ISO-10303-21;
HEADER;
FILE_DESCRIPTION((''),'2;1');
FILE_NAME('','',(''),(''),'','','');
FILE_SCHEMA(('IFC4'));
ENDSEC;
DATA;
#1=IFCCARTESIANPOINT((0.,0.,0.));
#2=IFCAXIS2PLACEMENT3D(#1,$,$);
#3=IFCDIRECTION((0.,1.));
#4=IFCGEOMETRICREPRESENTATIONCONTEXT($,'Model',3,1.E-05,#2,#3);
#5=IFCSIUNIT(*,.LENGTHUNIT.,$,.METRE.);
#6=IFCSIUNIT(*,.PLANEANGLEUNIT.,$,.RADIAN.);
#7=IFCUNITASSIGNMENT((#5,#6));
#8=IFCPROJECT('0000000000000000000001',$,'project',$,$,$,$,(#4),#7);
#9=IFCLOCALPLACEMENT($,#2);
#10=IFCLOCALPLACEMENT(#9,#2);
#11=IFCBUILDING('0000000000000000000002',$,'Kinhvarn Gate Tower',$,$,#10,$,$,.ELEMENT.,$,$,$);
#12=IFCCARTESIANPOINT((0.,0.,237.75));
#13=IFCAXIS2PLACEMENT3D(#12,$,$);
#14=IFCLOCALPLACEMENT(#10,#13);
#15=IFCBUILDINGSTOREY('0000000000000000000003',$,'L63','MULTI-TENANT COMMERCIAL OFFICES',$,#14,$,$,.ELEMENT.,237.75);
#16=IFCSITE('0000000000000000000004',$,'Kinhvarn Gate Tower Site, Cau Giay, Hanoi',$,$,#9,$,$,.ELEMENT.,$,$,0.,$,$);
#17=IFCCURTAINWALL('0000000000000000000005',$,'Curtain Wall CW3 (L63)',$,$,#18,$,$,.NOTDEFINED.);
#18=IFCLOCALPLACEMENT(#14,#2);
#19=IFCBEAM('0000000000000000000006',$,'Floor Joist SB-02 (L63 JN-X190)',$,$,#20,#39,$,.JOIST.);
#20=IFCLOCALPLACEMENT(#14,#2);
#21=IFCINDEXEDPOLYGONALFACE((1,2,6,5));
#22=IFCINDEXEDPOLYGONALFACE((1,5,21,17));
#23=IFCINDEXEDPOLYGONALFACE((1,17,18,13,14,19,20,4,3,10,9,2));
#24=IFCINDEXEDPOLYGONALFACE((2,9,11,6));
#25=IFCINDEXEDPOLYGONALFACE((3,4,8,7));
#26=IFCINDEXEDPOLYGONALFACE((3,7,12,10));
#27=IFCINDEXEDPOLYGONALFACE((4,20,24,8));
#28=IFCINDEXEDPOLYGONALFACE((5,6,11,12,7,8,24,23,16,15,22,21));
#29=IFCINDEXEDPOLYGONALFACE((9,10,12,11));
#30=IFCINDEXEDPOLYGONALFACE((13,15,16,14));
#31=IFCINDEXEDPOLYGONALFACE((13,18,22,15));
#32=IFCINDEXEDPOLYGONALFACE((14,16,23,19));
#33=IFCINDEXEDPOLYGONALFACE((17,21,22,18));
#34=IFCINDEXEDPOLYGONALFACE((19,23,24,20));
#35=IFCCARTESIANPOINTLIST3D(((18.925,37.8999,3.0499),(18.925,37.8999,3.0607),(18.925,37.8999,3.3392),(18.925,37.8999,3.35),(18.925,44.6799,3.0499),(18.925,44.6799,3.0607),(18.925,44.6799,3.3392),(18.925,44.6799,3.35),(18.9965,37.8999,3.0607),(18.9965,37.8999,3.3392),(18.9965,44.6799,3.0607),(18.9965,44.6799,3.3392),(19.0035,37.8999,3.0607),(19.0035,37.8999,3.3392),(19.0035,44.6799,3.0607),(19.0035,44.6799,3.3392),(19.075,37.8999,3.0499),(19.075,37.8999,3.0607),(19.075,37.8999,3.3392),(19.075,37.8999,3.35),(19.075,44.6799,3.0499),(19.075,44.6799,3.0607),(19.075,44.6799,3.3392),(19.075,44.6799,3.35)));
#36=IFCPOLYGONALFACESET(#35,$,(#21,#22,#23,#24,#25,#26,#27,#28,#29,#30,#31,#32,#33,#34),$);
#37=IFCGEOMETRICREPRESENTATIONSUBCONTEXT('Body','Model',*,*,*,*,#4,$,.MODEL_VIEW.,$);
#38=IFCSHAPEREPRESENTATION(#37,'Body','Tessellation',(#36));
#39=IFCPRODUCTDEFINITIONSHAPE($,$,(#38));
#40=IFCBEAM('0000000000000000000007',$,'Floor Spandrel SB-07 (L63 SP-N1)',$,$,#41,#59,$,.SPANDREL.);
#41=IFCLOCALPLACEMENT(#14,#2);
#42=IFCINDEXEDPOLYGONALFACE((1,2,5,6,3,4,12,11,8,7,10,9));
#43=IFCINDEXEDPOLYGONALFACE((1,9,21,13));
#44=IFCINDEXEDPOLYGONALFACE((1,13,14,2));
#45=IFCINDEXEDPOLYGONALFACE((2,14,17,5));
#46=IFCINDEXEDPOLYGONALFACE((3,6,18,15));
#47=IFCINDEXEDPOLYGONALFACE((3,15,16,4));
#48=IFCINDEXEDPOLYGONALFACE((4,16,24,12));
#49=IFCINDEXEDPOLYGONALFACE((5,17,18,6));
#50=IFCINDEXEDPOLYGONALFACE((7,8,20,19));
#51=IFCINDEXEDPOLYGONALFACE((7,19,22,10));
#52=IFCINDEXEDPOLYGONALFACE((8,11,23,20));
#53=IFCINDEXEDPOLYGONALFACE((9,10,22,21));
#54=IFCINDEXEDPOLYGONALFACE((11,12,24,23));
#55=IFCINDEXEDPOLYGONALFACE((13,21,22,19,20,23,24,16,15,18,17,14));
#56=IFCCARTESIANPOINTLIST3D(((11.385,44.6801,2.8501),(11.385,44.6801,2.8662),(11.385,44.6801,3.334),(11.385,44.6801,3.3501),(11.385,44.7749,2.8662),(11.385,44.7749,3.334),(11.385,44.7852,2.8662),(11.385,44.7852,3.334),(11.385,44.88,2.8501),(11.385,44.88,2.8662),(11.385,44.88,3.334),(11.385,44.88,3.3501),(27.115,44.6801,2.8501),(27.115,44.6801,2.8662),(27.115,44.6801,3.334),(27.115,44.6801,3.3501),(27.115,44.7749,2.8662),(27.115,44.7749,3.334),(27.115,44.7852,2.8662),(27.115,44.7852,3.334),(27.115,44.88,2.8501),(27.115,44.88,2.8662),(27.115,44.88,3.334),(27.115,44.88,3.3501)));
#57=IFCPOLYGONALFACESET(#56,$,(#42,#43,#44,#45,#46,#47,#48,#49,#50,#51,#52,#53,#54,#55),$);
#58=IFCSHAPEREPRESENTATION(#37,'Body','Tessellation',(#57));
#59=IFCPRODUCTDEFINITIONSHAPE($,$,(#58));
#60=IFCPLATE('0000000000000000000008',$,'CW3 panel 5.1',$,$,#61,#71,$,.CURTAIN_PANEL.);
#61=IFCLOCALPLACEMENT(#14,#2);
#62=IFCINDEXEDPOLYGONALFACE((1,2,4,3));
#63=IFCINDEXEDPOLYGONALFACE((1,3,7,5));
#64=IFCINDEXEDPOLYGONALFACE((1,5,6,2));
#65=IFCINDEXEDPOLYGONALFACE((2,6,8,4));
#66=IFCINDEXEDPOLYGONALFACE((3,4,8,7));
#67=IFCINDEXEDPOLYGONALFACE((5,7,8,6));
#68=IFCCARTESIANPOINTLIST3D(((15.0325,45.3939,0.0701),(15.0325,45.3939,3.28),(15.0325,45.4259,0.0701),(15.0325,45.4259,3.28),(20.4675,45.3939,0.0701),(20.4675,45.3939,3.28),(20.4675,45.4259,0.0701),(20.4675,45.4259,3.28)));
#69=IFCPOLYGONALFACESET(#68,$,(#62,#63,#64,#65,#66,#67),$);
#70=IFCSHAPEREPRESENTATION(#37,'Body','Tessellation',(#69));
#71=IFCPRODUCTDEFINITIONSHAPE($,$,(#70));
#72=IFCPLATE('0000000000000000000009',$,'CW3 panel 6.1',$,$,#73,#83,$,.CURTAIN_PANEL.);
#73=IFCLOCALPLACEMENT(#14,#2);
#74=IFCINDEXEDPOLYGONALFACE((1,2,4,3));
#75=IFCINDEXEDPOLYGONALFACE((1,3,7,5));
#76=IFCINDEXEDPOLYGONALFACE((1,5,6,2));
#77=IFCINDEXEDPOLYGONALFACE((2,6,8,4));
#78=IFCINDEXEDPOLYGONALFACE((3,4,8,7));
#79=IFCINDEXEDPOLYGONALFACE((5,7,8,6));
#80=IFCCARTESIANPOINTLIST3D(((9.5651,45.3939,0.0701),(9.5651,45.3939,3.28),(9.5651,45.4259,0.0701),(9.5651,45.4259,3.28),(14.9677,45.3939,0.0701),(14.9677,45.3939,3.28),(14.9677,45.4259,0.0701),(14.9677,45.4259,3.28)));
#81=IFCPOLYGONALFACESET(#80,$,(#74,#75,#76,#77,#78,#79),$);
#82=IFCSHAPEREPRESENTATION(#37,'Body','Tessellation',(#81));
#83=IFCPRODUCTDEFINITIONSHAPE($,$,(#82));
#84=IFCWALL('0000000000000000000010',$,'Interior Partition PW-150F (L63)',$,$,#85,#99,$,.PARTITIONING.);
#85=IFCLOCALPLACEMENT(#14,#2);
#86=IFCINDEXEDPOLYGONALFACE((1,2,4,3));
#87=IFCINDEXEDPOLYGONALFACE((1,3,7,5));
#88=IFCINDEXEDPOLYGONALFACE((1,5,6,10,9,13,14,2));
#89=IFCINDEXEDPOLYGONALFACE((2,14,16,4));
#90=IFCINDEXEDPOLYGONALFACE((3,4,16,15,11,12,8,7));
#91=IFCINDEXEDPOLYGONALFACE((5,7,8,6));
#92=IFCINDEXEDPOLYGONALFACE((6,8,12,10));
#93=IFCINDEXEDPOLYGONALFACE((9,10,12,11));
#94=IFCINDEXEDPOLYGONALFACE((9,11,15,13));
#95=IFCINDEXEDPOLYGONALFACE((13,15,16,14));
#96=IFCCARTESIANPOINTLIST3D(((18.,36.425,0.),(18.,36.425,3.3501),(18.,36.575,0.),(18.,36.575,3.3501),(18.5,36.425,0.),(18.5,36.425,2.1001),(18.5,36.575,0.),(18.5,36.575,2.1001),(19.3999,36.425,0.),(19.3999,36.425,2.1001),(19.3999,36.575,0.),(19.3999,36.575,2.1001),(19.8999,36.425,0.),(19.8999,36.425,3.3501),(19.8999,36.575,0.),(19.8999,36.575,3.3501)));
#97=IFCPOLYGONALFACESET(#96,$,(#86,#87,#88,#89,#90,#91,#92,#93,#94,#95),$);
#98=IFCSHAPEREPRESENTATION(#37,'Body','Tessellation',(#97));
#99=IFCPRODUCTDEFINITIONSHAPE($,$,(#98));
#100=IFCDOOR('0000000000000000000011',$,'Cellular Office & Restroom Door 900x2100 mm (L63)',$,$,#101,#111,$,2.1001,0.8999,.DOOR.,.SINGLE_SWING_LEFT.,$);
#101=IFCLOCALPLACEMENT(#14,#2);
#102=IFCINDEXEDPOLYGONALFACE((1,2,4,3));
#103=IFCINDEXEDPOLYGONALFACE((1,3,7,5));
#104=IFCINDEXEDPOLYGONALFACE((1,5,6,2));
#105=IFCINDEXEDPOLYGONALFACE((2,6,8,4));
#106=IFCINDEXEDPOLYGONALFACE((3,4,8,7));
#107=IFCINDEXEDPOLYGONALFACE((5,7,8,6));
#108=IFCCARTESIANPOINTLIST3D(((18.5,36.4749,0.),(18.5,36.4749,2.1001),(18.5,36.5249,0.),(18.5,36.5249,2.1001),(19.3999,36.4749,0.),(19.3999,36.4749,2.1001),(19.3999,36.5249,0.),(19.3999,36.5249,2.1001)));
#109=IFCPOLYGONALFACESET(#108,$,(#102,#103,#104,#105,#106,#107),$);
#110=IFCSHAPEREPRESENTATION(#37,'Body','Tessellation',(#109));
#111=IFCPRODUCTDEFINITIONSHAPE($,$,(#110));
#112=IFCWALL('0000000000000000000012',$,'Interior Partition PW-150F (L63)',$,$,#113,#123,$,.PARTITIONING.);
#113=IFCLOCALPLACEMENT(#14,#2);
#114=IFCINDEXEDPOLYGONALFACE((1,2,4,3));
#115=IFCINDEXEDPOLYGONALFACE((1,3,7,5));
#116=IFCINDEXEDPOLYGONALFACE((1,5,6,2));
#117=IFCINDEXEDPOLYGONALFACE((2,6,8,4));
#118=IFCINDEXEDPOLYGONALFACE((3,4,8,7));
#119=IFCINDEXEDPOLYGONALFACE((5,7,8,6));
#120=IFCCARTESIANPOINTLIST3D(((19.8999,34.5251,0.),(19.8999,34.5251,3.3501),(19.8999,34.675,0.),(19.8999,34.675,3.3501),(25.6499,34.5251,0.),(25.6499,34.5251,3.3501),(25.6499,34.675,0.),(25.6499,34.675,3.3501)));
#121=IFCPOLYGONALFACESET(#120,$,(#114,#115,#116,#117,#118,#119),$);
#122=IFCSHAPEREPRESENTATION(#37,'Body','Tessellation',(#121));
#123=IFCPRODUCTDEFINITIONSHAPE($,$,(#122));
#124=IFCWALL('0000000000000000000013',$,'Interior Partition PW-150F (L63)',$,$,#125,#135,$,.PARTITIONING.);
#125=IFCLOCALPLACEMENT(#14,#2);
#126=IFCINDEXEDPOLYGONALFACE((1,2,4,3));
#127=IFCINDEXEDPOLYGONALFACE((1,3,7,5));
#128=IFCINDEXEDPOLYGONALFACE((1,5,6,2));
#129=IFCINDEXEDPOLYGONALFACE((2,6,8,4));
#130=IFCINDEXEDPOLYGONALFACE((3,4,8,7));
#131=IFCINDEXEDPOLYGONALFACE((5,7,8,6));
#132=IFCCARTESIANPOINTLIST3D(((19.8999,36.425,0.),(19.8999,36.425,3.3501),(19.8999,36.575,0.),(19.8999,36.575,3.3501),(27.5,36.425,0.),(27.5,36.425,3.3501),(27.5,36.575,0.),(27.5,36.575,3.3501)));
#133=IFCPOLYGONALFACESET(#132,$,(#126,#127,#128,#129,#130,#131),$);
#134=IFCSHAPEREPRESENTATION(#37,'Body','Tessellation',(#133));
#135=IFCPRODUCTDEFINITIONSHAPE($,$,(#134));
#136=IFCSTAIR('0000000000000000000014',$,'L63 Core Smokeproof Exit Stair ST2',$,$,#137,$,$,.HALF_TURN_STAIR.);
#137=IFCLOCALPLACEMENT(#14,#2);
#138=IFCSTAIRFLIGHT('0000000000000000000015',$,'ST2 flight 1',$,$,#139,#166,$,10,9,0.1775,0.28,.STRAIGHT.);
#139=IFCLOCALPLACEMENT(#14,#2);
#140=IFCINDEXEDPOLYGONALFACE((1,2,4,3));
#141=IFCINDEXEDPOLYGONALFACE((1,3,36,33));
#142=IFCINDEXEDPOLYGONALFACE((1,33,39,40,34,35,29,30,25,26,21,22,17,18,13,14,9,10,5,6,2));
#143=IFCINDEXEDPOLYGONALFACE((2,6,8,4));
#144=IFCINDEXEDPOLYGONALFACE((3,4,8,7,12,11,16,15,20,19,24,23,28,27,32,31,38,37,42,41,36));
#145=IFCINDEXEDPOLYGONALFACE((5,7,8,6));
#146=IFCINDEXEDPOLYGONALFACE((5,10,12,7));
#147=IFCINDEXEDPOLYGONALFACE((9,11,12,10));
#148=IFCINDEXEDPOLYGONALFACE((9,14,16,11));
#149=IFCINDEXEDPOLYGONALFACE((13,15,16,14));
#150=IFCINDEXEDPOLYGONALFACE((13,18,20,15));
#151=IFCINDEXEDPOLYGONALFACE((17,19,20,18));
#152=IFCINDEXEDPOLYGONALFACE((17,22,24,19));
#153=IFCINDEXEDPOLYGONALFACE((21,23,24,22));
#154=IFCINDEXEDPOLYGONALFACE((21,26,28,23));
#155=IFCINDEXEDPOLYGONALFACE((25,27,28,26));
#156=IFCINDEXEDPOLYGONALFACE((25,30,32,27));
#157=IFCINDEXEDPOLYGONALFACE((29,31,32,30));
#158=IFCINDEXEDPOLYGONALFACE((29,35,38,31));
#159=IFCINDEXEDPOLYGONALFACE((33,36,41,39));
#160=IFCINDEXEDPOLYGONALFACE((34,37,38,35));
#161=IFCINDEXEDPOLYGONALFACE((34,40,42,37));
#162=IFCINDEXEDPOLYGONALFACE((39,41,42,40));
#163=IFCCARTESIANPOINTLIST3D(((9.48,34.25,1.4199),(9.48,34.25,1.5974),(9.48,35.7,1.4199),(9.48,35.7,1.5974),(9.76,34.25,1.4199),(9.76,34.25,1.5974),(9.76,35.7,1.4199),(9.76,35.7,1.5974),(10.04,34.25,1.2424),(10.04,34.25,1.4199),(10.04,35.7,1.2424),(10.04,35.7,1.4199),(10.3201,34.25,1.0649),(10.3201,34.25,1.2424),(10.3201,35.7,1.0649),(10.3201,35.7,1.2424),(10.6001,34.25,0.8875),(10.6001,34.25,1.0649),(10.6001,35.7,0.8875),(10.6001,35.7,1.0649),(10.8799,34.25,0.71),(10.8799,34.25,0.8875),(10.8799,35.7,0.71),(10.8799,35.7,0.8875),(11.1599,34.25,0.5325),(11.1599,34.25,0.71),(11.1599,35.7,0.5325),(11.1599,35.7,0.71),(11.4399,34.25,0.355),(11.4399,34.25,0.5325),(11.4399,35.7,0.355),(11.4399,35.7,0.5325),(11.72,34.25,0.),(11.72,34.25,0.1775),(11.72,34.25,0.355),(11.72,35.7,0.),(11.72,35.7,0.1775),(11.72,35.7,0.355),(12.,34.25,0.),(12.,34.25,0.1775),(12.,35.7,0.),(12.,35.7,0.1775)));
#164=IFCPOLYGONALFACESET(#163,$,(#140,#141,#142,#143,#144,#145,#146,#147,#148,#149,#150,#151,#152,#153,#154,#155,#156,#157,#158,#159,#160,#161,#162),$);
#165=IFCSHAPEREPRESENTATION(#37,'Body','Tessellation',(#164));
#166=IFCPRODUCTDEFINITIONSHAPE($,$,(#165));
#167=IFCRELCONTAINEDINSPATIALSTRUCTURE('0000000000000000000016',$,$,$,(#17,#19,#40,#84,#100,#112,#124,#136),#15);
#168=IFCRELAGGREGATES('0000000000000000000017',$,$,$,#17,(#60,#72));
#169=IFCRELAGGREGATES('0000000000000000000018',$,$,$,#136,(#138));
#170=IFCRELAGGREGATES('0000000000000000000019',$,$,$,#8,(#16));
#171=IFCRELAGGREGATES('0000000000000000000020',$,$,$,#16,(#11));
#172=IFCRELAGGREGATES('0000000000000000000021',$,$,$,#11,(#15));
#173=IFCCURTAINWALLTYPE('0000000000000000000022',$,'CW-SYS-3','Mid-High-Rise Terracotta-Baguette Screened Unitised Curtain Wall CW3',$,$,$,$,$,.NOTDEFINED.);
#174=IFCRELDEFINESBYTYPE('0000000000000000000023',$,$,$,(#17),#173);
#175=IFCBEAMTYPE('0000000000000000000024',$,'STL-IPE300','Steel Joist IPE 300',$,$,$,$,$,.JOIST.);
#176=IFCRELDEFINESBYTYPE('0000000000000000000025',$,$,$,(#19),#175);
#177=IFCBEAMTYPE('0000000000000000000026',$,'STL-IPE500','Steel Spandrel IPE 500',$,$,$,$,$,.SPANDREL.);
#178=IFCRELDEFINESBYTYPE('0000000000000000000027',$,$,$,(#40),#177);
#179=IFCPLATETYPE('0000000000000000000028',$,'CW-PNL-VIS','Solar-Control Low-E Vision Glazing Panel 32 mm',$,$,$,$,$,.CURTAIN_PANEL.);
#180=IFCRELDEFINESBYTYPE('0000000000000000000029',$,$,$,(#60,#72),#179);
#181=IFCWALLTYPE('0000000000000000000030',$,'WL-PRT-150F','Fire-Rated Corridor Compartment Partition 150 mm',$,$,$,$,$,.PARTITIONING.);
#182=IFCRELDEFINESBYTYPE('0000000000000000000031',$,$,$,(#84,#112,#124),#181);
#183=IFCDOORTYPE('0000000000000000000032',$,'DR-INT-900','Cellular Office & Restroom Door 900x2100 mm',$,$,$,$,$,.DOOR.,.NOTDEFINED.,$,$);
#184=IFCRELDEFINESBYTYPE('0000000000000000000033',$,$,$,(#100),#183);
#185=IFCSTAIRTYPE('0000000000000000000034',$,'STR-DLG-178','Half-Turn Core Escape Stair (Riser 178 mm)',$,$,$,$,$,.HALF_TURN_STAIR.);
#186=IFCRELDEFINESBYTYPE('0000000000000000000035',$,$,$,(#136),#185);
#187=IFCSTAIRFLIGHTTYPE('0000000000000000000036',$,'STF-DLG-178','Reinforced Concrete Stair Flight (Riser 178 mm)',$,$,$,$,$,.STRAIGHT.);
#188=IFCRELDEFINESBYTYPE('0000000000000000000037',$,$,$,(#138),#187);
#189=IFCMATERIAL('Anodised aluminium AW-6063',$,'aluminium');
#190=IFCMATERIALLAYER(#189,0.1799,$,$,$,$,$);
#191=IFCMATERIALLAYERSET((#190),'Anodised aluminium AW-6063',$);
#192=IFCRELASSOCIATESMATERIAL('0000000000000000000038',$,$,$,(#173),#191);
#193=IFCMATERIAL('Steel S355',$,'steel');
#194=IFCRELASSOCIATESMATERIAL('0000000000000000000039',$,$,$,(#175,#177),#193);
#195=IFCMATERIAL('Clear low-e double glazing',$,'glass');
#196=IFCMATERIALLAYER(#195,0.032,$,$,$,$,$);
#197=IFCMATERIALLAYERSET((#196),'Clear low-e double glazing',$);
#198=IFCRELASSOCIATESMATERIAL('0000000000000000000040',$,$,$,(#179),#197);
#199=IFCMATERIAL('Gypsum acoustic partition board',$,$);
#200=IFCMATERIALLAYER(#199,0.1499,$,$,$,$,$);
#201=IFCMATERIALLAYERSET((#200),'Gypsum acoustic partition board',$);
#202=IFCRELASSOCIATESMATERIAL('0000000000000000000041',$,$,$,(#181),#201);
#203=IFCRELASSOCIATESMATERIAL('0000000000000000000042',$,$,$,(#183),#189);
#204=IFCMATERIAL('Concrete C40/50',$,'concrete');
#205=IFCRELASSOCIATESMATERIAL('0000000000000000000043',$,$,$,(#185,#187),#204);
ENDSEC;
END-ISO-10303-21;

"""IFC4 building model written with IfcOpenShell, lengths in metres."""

from ifc_helpers import new_model, si_unit, direction, frame, frame_2d, origin, origin_2d, place, context, subcontext, project, spatial, polyline, rectangle, i_section, outline, extrude, material, layer, layer_set, material_profile, profile_set, type_object, element, fill, aggregate, save


model = new_model("IFC4")

# Units and contexts
model_context = context("Model", 3, precision=1e-05, world=origin(), true_north=direction((0.0, 1.0)))
body_context = subcontext(model_context, "Body", "Model", "MODEL_VIEW")
ifc_project = project(units=[si_unit("LENGTHUNIT", "METRE"), si_unit("PLANEANGLEUNIT", "RADIAN")], contexts=[model_context])

# Site, building, storey
site_placement = place(None, origin())
site = spatial("IfcSite", under=ifc_project, at=site_placement, Name="Kinhvarn Gate Tower Site, Cau Giay, Hanoi", CompositionType="ELEMENT", RefElevation=0.0)
building_placement = place(site_placement, origin())
building = spatial("IfcBuilding", under=site, at=building_placement, Name="Kinhvarn Gate Tower", CompositionType="ELEMENT")
storey_placement = place(building_placement, frame((0.0, 0.0, 237.75)))
storey = spatial("IfcBuildingStorey", under=building, at=storey_placement, Name="L63", Description="MULTI-TENANT COMMERCIAL OFFICES", CompositionType="ELEMENT", Elevation=237.75)

# Curtain wall
ifc_material_1 = material(Name="Anodised aluminium AW-6063", Category="aluminium")
ifc_layer_1 = layer(ifc_material_1, 0.1799)
ifc_layer_set_1 = layer_set([ifc_layer_1], Name="Anodised aluminium AW-6063")
curtain_wall_type = type_object("IfcCurtainWallType", Name="CW-SYS-3", Description="Mid-High-Rise Terracotta-Baguette Screened Unitised Curtain Wall CW3", PredefinedType="NOTDEFINED", material=ifc_layer_set_1)
curtain_wall_placement = place(storey_placement, origin())
curtain_wall = element("IfcCurtainWall", 1, at=curtain_wall_placement, inside=storey, type_object=curtain_wall_type, Name="Curtain Wall CW3 (L63)", PredefinedType="NOTDEFINED")

# Beams
ifc_material_2 = material(Name="Steel S355", Category="steel")
ifc_material_profile_1 = material_profile(ifc_material_2, i_section(OverallWidth=0.1499, OverallDepth=0.3, WebThickness=0.0071, FlangeThickness=0.0107, at=origin_2d()), Name="IPE 300")
ifc_profile_set_1 = profile_set([ifc_material_profile_1], Name="Steel S355")
beam_type_1 = type_object("IfcBeamType", Name="STL-IPE300", Description="Steel Joist IPE 300", PredefinedType="JOIST", material=ifc_profile_set_1)
for number, where, z_axis, x_axis, name in (
    (2, (19.0, 37.8999, 3.2), (0.0, 1.0, 0.0), (-1.0, 0.0, 0.0), "Floor Joist SB-02 (L63 JN-X190)"),
):
    element("IfcBeam", number, at=place(storey_placement, frame(where, z_axis=z_axis, x_axis=x_axis)), inside=storey, type_object=beam_type_1, Name=name, PredefinedType="JOIST", context=body_context, shape_type="SweptSolid", body=[
        extrude(i_section(OverallWidth=0.1499, OverallDepth=0.3, WebThickness=0.0071, FlangeThickness=0.0107, at=origin_2d()), origin(), (0.0, 0.0, 1.0), 6.78),
    ])
ifc_material_profile_2 = material_profile(ifc_material_2, i_section(OverallWidth=0.2, OverallDepth=0.5, WebThickness=0.0103, FlangeThickness=0.0161, at=origin_2d()), Name="IPE 500")
ifc_profile_set_2 = profile_set([ifc_material_profile_2], Name="Steel S355")
beam_type_2 = type_object("IfcBeamType", Name="STL-IPE500", Description="Steel Spandrel IPE 500", PredefinedType="SPANDREL", material=ifc_profile_set_2)
beam_1_placement = place(storey_placement, frame((11.385, 44.78, 3.1001), z_axis=(1.0, 0.0, 0.0), x_axis=(0.0, 1.0, 0.0)))
element("IfcBeam", 3, at=beam_1_placement, inside=storey, type_object=beam_type_2, Name="Floor Spandrel SB-07 (L63 SP-N1)", PredefinedType="SPANDREL", context=body_context, shape_type="SweptSolid", body=[
    extrude(i_section(OverallWidth=0.2, OverallDepth=0.5, WebThickness=0.0103, FlangeThickness=0.0161, at=origin_2d()), origin(), (0.0, 0.0, 1.0), 15.73),
])

# Plates
ifc_material_3 = material(Name="Clear low-e double glazing", Category="glass")
ifc_layer_2 = layer(ifc_material_3, 0.032)
ifc_layer_set_2 = layer_set([ifc_layer_2], Name="Clear low-e double glazing")
plate_type = type_object("IfcPlateType", Name="CW-PNL-VIS", Description="Solar-Control Low-E Vision Glazing Panel 32 mm", PredefinedType="CURTAIN_PANEL", material=ifc_layer_set_2)
plate_1_placement = place(storey_placement, frame((17.75, 45.4099, 0.0701), z_axis=(0.0, 0.0, 1.0), x_axis=(-1.0, 0.0, 0.0)))
plate_1 = element("IfcPlate", 4, at=plate_1_placement, type_object=plate_type, Name="CW3 panel 5.1", PredefinedType="CURTAIN_PANEL", context=body_context, shape_type="SweptSolid", body=[
    extrude(rectangle(XDim=5.4351, YDim=0.032, at=origin_2d()), origin(), (0.0, 0.0, 1.0), 3.21),
])
plate_2_placement = place(storey_placement, frame((12.2664, 45.4099, 0.0701), z_axis=(0.0, 0.0, 1.0), x_axis=(-1.0, 0.0, 0.0)))
plate_2 = element("IfcPlate", 5, at=plate_2_placement, type_object=plate_type, Name="CW3 panel 6.1", PredefinedType="CURTAIN_PANEL", context=body_context, shape_type="SweptSolid", body=[
    extrude(rectangle(XDim=5.4026, YDim=0.032, at=origin_2d()), origin(), (0.0, 0.0, 1.0), 3.21),
])
aggregate(curtain_wall, [plate_1, plate_2])

# Wall, opening, door
ifc_material_4 = material(Name="Gypsum acoustic partition board")
ifc_layer_3 = layer(ifc_material_4, 0.1499)
ifc_layer_set_3 = layer_set([ifc_layer_3], Name="Gypsum acoustic partition board")
wall_type = type_object("IfcWallType", Name="WL-PRT-150F", Description="Fire-Rated Corridor Compartment Partition 150 mm", PredefinedType="PARTITIONING", material=ifc_layer_set_3)
wall_1_placement = place(storey_placement, frame((18.0, 36.5, 0.0), z_axis=(0.0, 0.0, 1.0), x_axis=(1.0, 0.0, 0.0)))
wall_1 = element("IfcWall", 6, at=wall_1_placement, inside=storey, type_object=wall_type, Name="Interior Partition PW-150F (L63)", PredefinedType="PARTITIONING", context=body_context, shape_type="SweptSolid", body=[
    extrude(rectangle(XDim=1.8999, YDim=0.1499, at=frame_2d((0.95, 0.0))), origin(), (0.0, 0.0, 1.0), 3.3501),
])
opening_placement = place(wall_1_placement, frame((0.5, 0.0, 0.0)))
opening = element("IfcOpeningElement", 7, at=opening_placement, cuts=wall_1, PredefinedType="OPENING", context=body_context, shape_type="SweptSolid", body=[
    extrude(rectangle(XDim=0.8999, YDim=2.1001, at=frame_2d((0.45, 1.05))), frame((0.0, 0.085, 0.0), z_axis=(0.0, -1.0, 0.0), x_axis=(1.0, 0.0, 0.0)), (0.0, 0.0, 1.0), 0.1699),
])
door_type = type_object("IfcDoorType", Name="DR-INT-900", Description="Cellular Office & Restroom Door 900x2100 mm", OperationType="NOTDEFINED", PredefinedType="DOOR", material=ifc_material_1)
door_placement = place(opening_placement, origin())
door = element("IfcDoor", 8, at=door_placement, inside=storey, type_object=door_type, Name="Cellular Office & Restroom Door 900x2100 mm (L63)", OperationType="SINGLE_SWING_LEFT", OverallHeight=2.1001, OverallWidth=0.8999, PredefinedType="DOOR", context=body_context, shape_type="SweptSolid", body=[
    extrude(rectangle(XDim=0.8999, YDim=2.1001, at=frame_2d((0.45, 1.05))), frame((0.0, 0.0249, 0.0), z_axis=(0.0, -1.0, 0.0), x_axis=(1.0, 0.0, 0.0)), (0.0, 0.0, 1.0), 0.05),
])
fill(opening, door)

# Walls
wall_2_placement = place(storey_placement, frame((19.8999, 34.6001, 0.0), z_axis=(0.0, 0.0, 1.0), x_axis=(1.0, 0.0, 0.0)))
element("IfcWall", 9, at=wall_2_placement, inside=storey, type_object=wall_type, Name="Interior Partition PW-150F (L63)", PredefinedType="PARTITIONING", context=body_context, shape_type="SweptSolid", body=[
    extrude(rectangle(XDim=5.75, YDim=0.1499, at=frame_2d((2.875, 0.0))), origin(), (0.0, 0.0, 1.0), 3.3501),
])
wall_3_placement = place(storey_placement, frame((19.8999, 36.5, 0.0), z_axis=(0.0, 0.0, 1.0), x_axis=(1.0, 0.0, 0.0)))
element("IfcWall", 10, at=wall_3_placement, inside=storey, type_object=wall_type, Name="Interior Partition PW-150F (L63)", PredefinedType="PARTITIONING", context=body_context, shape_type="SweptSolid", body=[
    extrude(rectangle(XDim=7.6001, YDim=0.1499, at=frame_2d((3.8, 0.0))), origin(), (0.0, 0.0, 1.0), 3.3501),
])

# Stair, stair flight
ifc_material_5 = material(Name="Concrete C40/50", Category="concrete")
stair_type = type_object("IfcStairType", Name="STR-DLG-178", Description="Half-Turn Core Escape Stair (Riser 178 mm)", PredefinedType="HALF_TURN_STAIR", material=ifc_material_5)
stair_placement = place(storey_placement, origin())
stair = element("IfcStair", 11, at=stair_placement, inside=storey, type_object=stair_type, Name="L63 Core Smokeproof Exit Stair ST2", PredefinedType="HALF_TURN_STAIR")
stair_flight_type = type_object("IfcStairFlightType", Name="STF-DLG-178", Description="Reinforced Concrete Stair Flight (Riser 178 mm)", PredefinedType="STRAIGHT", material=ifc_material_5)
stair_flight_placement = place(storey_placement, frame((12.0, 34.9751, 0.0), z_axis=(0.0, 0.0, 1.0), x_axis=(-1.0, 0.0, 0.0)))
stair_flight = element("IfcStairFlight", 12, at=stair_flight_placement, type_object=stair_flight_type, Name="ST2 flight 1", NumberOfRisers=10, NumberOfTreads=9, PredefinedType="STRAIGHT", RiserHeight=0.1775, TreadLength=0.28, context=body_context, shape_type="SweptSolid", body=[
    extrude(outline(polyline([(0.0, 0.0), (0.0, 0.1775), (0.28, 0.1775), (0.28, 0.355), (0.5601, 0.355), (0.5601, 0.5325), (0.8401, 0.5325), (0.8401, 0.71), (1.1201, 0.71), (1.1201, 0.8875), (1.3999, 0.8875), (1.3999, 1.0649), (1.6799, 1.0649), (1.6799, 1.2424), (1.96, 1.2424), (1.96, 1.4199), (2.24, 1.4199), (2.24, 1.5974), (2.52, 1.5974), (2.52, 1.7749), (2.52, 1.4199), (0.28, 0.0), (0.0, 0.0)])), frame((0.0, 0.7251, 0.0), z_axis=(0.0, -1.0, 0.0), x_axis=(1.0, 0.0, 0.0)), (0.0, 0.0, 1.0), 1.45),
])
aggregate(stair, [stair_flight])

save(model, "model.ifc")
